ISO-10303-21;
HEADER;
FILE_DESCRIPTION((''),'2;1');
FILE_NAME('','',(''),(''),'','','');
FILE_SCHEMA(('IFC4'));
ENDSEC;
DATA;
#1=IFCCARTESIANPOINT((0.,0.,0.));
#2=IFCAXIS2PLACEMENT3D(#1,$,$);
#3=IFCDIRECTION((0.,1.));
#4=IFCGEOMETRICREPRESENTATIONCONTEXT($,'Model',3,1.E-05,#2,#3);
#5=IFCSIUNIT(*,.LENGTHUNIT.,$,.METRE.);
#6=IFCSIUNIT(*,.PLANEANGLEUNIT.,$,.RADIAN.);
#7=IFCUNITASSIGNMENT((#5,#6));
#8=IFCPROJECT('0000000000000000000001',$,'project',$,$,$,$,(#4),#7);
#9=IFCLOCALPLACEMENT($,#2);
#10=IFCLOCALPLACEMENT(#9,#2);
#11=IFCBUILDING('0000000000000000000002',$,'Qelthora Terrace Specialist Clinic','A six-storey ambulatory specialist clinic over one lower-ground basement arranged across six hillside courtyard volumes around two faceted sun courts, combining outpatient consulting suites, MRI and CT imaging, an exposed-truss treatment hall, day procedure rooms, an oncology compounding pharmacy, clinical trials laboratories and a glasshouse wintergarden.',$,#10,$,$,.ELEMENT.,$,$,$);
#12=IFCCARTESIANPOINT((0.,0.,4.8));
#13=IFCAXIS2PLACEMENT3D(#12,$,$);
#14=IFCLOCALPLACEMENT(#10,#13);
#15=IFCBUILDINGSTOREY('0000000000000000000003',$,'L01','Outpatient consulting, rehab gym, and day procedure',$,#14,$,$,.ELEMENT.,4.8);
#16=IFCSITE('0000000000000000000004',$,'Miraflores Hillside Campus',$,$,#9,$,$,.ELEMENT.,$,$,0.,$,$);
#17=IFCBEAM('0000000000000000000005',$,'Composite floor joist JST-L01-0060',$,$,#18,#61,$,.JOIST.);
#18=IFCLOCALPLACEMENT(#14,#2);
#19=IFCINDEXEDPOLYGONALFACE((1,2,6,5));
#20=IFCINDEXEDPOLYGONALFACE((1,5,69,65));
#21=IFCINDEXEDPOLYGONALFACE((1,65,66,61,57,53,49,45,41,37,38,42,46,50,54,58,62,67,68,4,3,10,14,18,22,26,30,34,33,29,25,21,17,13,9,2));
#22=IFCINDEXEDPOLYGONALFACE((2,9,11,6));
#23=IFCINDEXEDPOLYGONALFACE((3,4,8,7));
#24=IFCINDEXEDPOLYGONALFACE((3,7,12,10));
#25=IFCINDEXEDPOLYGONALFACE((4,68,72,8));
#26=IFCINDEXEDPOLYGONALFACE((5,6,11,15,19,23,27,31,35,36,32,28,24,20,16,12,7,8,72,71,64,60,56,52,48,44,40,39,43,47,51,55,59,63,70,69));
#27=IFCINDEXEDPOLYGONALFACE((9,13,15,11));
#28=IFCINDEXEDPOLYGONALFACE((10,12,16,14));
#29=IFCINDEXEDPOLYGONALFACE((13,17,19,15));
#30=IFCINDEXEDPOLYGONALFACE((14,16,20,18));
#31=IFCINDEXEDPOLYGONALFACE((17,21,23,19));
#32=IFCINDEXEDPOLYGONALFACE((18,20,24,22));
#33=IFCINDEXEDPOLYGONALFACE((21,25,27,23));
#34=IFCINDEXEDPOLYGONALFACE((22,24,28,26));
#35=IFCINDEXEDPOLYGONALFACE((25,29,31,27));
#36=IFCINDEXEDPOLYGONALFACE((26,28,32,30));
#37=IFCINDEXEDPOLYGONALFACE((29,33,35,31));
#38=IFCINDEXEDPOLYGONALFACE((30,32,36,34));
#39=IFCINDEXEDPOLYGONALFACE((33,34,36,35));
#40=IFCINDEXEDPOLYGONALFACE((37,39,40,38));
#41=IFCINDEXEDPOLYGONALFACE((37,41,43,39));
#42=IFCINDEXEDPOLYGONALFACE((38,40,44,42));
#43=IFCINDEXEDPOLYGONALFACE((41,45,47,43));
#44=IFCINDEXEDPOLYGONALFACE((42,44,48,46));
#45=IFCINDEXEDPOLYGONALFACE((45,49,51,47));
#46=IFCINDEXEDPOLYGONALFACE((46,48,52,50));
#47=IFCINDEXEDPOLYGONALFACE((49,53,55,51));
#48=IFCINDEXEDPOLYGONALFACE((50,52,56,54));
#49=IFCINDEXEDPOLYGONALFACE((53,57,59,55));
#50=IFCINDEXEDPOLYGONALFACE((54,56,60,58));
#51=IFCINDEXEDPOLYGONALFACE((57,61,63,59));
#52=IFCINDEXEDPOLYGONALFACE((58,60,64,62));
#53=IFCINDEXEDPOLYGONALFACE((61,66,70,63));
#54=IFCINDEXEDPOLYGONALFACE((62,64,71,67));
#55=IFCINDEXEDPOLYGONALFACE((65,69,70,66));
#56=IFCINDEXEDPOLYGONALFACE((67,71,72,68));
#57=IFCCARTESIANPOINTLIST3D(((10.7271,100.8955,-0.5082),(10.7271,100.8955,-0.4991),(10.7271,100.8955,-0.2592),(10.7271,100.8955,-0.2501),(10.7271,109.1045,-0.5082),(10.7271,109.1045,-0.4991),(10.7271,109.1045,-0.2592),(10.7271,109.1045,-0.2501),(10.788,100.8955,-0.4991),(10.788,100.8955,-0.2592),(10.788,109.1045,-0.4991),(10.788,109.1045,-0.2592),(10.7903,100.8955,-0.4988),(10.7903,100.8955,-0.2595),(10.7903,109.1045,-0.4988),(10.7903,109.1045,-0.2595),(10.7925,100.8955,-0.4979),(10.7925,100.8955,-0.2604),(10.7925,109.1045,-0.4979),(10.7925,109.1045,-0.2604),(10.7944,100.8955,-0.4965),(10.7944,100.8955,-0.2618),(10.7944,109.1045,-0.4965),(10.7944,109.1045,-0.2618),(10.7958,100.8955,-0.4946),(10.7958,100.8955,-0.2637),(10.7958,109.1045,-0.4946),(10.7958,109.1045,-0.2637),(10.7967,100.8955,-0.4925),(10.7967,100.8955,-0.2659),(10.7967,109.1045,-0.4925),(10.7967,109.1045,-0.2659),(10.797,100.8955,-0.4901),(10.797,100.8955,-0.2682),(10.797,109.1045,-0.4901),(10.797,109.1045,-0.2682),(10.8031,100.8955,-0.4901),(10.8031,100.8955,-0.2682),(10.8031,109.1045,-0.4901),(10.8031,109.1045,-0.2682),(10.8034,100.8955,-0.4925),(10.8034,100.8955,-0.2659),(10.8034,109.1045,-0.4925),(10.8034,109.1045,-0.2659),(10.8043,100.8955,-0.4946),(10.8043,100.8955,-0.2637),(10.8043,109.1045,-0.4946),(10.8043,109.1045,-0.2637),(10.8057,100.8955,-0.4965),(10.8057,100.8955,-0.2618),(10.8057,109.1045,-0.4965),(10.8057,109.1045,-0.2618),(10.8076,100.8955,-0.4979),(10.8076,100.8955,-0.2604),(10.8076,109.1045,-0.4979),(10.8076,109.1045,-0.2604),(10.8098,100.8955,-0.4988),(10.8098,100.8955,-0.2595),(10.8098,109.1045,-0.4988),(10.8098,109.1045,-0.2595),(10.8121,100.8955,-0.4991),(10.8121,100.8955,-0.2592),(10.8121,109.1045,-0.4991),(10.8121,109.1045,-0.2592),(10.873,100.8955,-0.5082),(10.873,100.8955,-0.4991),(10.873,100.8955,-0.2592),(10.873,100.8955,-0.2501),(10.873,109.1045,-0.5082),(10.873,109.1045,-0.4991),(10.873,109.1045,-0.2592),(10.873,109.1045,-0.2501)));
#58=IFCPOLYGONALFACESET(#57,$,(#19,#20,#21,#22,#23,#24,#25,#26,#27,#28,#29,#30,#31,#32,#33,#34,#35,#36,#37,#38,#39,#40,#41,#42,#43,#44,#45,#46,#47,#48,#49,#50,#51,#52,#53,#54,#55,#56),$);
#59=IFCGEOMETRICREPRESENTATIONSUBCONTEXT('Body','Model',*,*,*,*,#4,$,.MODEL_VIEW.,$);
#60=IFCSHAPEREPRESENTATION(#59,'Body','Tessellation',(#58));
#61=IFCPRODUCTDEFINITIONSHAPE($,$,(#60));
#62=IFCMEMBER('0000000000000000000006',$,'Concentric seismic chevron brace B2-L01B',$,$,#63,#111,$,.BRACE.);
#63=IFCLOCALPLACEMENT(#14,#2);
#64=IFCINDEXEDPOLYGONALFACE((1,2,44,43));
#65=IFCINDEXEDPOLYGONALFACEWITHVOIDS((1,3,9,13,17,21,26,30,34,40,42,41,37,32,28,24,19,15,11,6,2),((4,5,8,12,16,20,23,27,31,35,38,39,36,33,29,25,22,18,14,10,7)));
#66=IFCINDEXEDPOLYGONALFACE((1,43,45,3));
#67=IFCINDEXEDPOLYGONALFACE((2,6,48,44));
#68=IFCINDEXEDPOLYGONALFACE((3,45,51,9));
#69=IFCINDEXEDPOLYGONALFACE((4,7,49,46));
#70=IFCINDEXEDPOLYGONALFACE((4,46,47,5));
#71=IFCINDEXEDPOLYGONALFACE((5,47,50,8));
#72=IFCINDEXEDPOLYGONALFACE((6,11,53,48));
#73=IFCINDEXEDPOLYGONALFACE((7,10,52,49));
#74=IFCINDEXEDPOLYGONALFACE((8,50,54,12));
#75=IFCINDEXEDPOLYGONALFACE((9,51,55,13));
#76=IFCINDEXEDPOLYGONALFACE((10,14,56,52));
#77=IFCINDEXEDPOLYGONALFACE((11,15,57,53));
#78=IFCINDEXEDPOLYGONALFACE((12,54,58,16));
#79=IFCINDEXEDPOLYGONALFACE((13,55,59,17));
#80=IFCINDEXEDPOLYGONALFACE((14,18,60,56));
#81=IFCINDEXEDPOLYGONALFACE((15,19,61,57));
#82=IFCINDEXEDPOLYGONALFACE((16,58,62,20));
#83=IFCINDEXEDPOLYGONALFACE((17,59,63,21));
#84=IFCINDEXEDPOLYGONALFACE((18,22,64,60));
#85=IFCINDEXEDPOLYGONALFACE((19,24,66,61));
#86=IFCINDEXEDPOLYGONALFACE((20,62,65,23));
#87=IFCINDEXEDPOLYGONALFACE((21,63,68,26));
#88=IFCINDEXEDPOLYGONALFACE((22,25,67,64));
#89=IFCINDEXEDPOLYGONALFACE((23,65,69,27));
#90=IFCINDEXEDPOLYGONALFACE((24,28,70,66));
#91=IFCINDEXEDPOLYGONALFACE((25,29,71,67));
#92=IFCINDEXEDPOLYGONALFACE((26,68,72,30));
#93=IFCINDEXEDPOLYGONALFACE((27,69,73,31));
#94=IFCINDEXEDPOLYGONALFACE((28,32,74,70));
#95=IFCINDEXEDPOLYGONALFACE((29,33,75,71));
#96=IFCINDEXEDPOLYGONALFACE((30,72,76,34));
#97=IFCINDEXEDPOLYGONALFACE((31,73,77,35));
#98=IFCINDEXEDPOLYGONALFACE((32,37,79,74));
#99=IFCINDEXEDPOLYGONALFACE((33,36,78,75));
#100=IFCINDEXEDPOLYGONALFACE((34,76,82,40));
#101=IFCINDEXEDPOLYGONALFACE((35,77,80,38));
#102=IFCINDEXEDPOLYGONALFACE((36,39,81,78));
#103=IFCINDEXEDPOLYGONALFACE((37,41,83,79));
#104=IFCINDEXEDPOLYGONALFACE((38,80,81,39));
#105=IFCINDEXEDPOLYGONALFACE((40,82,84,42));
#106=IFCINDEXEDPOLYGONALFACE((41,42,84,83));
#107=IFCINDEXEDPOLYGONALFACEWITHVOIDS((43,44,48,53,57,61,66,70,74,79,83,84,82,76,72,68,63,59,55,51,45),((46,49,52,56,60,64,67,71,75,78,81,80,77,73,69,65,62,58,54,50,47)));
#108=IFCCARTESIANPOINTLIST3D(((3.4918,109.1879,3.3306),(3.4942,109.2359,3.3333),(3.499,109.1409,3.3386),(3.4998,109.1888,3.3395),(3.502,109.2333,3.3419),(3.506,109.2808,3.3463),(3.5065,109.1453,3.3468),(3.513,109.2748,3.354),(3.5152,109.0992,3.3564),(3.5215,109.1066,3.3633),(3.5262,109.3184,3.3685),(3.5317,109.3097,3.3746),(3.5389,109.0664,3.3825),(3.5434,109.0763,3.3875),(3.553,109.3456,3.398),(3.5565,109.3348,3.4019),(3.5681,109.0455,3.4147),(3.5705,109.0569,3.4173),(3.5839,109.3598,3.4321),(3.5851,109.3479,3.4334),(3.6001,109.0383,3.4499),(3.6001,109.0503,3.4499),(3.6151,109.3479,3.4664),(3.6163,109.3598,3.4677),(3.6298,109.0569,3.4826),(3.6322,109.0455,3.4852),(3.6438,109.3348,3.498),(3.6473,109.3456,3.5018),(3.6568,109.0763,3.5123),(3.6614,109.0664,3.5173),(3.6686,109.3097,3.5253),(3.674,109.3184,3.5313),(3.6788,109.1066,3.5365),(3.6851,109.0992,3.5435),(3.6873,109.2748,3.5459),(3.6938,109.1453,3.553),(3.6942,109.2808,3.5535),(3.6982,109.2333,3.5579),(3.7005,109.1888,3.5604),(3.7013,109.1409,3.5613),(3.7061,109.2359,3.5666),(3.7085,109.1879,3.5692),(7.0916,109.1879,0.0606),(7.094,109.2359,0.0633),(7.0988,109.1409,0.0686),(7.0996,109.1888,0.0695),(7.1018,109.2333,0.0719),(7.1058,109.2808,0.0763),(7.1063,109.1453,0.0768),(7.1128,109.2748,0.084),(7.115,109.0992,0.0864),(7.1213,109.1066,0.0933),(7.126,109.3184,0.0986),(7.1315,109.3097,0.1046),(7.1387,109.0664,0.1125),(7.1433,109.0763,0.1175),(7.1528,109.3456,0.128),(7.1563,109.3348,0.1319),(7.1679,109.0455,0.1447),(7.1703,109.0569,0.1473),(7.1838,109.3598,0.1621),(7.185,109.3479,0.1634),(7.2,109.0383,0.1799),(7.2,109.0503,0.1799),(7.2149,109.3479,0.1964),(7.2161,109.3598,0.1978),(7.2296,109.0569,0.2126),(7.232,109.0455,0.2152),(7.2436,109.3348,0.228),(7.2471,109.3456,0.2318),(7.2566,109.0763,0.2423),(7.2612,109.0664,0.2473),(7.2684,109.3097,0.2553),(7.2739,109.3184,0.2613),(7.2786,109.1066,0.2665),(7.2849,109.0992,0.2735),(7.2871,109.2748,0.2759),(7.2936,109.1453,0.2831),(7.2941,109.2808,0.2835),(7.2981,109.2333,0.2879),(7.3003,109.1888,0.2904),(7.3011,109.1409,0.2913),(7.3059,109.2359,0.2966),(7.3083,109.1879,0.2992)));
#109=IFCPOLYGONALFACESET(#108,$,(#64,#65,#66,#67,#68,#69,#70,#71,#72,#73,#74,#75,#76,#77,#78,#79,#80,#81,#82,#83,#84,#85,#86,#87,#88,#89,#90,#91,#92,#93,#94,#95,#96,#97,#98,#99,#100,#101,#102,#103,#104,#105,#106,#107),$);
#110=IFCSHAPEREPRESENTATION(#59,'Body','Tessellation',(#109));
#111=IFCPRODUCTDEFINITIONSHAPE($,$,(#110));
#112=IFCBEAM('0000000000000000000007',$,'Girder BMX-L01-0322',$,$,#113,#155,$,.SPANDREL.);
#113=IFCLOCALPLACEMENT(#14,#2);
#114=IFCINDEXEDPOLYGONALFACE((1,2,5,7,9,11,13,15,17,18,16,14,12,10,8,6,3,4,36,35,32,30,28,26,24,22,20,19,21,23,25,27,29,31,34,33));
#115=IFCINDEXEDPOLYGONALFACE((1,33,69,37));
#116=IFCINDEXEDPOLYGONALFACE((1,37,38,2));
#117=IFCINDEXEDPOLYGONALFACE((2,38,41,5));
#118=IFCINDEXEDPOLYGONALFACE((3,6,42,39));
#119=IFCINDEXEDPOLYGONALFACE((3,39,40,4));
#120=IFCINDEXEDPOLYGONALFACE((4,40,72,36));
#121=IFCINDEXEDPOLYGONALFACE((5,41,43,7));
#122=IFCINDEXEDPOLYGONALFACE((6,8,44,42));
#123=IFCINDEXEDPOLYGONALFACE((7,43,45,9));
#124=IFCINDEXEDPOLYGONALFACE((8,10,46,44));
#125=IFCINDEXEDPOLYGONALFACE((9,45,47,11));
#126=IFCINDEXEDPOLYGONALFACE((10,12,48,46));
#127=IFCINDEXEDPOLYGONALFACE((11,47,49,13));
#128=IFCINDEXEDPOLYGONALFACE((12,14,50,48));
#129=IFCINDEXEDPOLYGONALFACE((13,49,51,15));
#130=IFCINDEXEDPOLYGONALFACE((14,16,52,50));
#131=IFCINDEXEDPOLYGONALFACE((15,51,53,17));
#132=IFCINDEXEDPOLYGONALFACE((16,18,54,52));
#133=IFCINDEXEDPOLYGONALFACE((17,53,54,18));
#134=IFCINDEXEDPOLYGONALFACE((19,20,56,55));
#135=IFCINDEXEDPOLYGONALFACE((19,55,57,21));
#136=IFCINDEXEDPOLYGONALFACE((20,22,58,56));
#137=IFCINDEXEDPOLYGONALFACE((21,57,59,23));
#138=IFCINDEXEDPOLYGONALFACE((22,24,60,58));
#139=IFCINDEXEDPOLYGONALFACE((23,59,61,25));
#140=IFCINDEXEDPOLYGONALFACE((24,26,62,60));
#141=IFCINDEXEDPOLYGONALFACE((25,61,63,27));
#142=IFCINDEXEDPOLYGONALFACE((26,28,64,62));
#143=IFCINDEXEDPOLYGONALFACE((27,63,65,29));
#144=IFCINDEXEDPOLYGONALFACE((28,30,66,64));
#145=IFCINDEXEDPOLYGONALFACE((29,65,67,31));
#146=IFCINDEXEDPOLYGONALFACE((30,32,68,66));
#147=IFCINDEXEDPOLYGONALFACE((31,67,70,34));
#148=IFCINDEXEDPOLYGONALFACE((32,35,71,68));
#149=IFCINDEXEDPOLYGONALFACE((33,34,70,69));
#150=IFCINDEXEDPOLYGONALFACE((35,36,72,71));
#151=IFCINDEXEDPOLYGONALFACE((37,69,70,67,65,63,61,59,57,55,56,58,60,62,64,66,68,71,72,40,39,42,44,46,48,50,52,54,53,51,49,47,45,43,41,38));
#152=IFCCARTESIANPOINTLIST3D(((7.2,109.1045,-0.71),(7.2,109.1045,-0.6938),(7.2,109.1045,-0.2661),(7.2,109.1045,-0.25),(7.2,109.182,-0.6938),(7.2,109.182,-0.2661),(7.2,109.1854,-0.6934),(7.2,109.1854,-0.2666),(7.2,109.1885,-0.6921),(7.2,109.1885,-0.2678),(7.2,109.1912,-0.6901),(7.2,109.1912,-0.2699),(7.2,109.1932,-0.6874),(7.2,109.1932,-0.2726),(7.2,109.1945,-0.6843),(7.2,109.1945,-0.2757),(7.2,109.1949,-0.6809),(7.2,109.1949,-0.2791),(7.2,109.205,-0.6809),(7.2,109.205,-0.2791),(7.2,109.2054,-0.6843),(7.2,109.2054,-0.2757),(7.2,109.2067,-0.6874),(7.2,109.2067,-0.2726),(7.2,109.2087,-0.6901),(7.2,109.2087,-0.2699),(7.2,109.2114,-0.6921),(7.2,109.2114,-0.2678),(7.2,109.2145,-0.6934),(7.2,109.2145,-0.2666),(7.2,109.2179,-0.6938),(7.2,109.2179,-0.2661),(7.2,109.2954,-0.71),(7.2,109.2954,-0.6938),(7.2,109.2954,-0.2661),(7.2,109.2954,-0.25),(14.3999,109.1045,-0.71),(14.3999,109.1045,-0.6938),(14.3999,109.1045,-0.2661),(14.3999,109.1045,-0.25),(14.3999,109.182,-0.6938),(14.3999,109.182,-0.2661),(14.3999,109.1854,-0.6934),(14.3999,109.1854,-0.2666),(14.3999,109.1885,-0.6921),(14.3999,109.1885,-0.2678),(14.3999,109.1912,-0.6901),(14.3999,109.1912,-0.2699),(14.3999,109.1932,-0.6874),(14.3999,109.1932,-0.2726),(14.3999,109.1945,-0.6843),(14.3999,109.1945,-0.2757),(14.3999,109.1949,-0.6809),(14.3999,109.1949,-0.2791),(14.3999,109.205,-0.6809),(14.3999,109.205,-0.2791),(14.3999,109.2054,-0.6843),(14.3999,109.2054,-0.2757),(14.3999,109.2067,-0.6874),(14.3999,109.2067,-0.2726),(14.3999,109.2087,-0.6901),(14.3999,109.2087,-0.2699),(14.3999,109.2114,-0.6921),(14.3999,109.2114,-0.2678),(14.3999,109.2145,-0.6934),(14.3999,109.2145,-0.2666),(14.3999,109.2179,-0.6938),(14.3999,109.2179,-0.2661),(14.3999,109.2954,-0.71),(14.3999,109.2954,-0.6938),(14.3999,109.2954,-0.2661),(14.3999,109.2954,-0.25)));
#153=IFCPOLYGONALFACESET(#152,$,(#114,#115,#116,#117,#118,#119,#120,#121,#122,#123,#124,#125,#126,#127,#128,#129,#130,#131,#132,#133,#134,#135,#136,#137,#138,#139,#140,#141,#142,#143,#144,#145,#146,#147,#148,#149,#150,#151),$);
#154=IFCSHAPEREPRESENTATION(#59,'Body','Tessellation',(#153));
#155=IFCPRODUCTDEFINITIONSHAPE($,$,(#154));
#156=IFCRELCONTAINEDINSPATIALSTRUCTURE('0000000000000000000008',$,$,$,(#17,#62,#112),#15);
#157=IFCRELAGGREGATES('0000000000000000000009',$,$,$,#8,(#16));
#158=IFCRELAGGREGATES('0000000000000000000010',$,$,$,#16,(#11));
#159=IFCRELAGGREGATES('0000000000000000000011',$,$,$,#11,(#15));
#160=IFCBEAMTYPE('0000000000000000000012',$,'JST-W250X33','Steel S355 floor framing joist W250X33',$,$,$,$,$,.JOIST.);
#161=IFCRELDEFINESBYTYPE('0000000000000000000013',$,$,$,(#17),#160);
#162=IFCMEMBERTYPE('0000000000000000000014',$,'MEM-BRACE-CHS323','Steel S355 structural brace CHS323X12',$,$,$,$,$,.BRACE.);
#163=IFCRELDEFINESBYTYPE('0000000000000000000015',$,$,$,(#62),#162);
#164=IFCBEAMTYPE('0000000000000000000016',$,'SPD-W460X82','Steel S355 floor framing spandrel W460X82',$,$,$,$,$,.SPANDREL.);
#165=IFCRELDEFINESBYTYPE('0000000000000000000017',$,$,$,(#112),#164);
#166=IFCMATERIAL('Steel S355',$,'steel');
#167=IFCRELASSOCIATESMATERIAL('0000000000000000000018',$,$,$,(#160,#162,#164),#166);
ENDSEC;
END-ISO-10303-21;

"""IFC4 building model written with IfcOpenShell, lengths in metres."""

from ifc_helpers import new_model, si_unit, direction, frame, origin, origin_2d, place, context, subcontext, project, spatial, hollow_circle, i_section, extrude, material, material_profile, profile_set, type_object, element, save


model = new_model("IFC4")

# Units and contexts
model_context = context("Model", 3, precision=1e-05, world=origin(), true_north=direction((0.0, 1.0)))
body_context = subcontext(model_context, "Body", "Model", "MODEL_VIEW")
ifc_project = project(units=[si_unit("LENGTHUNIT", "METRE"), si_unit("PLANEANGLEUNIT", "RADIAN")], contexts=[model_context])

# Site, building, storey
site_placement = place(None, origin())
site = spatial("IfcSite", under=ifc_project, at=site_placement, Name="Miraflores Hillside Campus", CompositionType="ELEMENT", RefElevation=0.0)
building_placement = place(site_placement, origin())
building = spatial("IfcBuilding", under=site, at=building_placement, Name="Qelthora Terrace Specialist Clinic", Description="A six-storey ambulatory specialist clinic over one lower-ground basement arranged across six hillside courtyard volumes around two faceted sun courts, combining outpatient consulting suites, MRI and CT imaging, an exposed-truss treatment hall, day procedure rooms, an oncology compounding pharmacy, clinical trials laboratories and a glasshouse wintergarden.", CompositionType="ELEMENT")
storey_placement = place(building_placement, frame((0.0, 0.0, 4.8)))
storey = spatial("IfcBuildingStorey", under=building, at=storey_placement, Name="L01", Description="Outpatient consulting, rehab gym, and day procedure", CompositionType="ELEMENT", Elevation=4.8)

# Shared definitions
ifc_material_1 = material(Name="Steel S355", Category="steel")

# Beam
ifc_material_profile_1 = material_profile(ifc_material_1, i_section(OverallWidth=0.146, OverallDepth=0.2581, WebThickness=0.0061, FlangeThickness=0.009, FilletRadius=0.009, at=origin_2d()), Name="W250X33")
ifc_profile_set_1 = profile_set([ifc_material_profile_1], Name="Steel S355")
beam_type_1 = type_object("IfcBeamType", Name="JST-W250X33", Description="Steel S355 floor framing joist W250X33", PredefinedType="JOIST", material=ifc_profile_set_1)
beam_1_placement = place(storey_placement, frame((10.8, 100.8955, -0.3792), z_axis=(0.0, 1.0, 0.0), x_axis=(-1.0, 0.0, 0.0)))
element("IfcBeam", 1, at=beam_1_placement, inside=storey, type_object=beam_type_1, Name="Composite floor joist JST-L01-0060", PredefinedType="JOIST", context=body_context, shape_type="SweptSolid", body=[
    extrude(i_section(OverallWidth=0.146, OverallDepth=0.2581, WebThickness=0.0061, FlangeThickness=0.009, FilletRadius=0.009, at=origin_2d()), origin(), (0.0, 0.0, 1.0), 8.209),
])

# Member
ifc_material_profile_2 = material_profile(ifc_material_1, hollow_circle(Radius=0.1616, WallThickness=0.012, at=origin_2d()), Name="CHS323X12")
ifc_profile_set_2 = profile_set([ifc_material_profile_2], Name="Steel S355")
member_type = type_object("IfcMemberType", Name="MEM-BRACE-CHS323", Description="Steel S355 structural brace CHS323X12", PredefinedType="BRACE", material=ifc_profile_set_2)
member_placement = place(storey_placement, frame((7.2, 109.2, 0.1799), z_axis=(-0.740204, 0.0, 0.672383), x_axis=(0.0, -1.0, 0.0)))
element("IfcMember", 2, at=member_placement, inside=storey, type_object=member_type, Name="Concentric seismic chevron brace B2-L01B", PredefinedType="BRACE", context=body_context, shape_type="SweptSolid", body=[
    extrude(hollow_circle(Radius=0.1616, WallThickness=0.012, at=origin_2d()), origin(), (0.0, 0.0, 1.0), 4.8633),
])

# Beam
ifc_material_profile_3 = material_profile(ifc_material_1, i_section(OverallWidth=0.1909, OverallDepth=0.46, WebThickness=0.01, FlangeThickness=0.0161, FilletRadius=0.0129, at=origin_2d()), Name="W460X82")
ifc_profile_set_3 = profile_set([ifc_material_profile_3], Name="Steel S355")
beam_type_2 = type_object("IfcBeamType", Name="SPD-W460X82", Description="Steel S355 floor framing spandrel W460X82", PredefinedType="SPANDREL", material=ifc_profile_set_3)
beam_2_placement = place(storey_placement, frame((7.2, 109.2, -0.48), z_axis=(1.0, 0.0, 0.0), x_axis=(0.0, 1.0, 0.0)))
element("IfcBeam", 3, at=beam_2_placement, inside=storey, type_object=beam_type_2, Name="Girder BMX-L01-0322", PredefinedType="SPANDREL", context=body_context, shape_type="SweptSolid", body=[
    extrude(i_section(OverallWidth=0.1909, OverallDepth=0.46, WebThickness=0.01, FlangeThickness=0.0161, FilletRadius=0.0129, at=origin_2d()), origin(), (0.0, 0.0, 1.0), 7.2),
])

save(model, "model.ifc")
